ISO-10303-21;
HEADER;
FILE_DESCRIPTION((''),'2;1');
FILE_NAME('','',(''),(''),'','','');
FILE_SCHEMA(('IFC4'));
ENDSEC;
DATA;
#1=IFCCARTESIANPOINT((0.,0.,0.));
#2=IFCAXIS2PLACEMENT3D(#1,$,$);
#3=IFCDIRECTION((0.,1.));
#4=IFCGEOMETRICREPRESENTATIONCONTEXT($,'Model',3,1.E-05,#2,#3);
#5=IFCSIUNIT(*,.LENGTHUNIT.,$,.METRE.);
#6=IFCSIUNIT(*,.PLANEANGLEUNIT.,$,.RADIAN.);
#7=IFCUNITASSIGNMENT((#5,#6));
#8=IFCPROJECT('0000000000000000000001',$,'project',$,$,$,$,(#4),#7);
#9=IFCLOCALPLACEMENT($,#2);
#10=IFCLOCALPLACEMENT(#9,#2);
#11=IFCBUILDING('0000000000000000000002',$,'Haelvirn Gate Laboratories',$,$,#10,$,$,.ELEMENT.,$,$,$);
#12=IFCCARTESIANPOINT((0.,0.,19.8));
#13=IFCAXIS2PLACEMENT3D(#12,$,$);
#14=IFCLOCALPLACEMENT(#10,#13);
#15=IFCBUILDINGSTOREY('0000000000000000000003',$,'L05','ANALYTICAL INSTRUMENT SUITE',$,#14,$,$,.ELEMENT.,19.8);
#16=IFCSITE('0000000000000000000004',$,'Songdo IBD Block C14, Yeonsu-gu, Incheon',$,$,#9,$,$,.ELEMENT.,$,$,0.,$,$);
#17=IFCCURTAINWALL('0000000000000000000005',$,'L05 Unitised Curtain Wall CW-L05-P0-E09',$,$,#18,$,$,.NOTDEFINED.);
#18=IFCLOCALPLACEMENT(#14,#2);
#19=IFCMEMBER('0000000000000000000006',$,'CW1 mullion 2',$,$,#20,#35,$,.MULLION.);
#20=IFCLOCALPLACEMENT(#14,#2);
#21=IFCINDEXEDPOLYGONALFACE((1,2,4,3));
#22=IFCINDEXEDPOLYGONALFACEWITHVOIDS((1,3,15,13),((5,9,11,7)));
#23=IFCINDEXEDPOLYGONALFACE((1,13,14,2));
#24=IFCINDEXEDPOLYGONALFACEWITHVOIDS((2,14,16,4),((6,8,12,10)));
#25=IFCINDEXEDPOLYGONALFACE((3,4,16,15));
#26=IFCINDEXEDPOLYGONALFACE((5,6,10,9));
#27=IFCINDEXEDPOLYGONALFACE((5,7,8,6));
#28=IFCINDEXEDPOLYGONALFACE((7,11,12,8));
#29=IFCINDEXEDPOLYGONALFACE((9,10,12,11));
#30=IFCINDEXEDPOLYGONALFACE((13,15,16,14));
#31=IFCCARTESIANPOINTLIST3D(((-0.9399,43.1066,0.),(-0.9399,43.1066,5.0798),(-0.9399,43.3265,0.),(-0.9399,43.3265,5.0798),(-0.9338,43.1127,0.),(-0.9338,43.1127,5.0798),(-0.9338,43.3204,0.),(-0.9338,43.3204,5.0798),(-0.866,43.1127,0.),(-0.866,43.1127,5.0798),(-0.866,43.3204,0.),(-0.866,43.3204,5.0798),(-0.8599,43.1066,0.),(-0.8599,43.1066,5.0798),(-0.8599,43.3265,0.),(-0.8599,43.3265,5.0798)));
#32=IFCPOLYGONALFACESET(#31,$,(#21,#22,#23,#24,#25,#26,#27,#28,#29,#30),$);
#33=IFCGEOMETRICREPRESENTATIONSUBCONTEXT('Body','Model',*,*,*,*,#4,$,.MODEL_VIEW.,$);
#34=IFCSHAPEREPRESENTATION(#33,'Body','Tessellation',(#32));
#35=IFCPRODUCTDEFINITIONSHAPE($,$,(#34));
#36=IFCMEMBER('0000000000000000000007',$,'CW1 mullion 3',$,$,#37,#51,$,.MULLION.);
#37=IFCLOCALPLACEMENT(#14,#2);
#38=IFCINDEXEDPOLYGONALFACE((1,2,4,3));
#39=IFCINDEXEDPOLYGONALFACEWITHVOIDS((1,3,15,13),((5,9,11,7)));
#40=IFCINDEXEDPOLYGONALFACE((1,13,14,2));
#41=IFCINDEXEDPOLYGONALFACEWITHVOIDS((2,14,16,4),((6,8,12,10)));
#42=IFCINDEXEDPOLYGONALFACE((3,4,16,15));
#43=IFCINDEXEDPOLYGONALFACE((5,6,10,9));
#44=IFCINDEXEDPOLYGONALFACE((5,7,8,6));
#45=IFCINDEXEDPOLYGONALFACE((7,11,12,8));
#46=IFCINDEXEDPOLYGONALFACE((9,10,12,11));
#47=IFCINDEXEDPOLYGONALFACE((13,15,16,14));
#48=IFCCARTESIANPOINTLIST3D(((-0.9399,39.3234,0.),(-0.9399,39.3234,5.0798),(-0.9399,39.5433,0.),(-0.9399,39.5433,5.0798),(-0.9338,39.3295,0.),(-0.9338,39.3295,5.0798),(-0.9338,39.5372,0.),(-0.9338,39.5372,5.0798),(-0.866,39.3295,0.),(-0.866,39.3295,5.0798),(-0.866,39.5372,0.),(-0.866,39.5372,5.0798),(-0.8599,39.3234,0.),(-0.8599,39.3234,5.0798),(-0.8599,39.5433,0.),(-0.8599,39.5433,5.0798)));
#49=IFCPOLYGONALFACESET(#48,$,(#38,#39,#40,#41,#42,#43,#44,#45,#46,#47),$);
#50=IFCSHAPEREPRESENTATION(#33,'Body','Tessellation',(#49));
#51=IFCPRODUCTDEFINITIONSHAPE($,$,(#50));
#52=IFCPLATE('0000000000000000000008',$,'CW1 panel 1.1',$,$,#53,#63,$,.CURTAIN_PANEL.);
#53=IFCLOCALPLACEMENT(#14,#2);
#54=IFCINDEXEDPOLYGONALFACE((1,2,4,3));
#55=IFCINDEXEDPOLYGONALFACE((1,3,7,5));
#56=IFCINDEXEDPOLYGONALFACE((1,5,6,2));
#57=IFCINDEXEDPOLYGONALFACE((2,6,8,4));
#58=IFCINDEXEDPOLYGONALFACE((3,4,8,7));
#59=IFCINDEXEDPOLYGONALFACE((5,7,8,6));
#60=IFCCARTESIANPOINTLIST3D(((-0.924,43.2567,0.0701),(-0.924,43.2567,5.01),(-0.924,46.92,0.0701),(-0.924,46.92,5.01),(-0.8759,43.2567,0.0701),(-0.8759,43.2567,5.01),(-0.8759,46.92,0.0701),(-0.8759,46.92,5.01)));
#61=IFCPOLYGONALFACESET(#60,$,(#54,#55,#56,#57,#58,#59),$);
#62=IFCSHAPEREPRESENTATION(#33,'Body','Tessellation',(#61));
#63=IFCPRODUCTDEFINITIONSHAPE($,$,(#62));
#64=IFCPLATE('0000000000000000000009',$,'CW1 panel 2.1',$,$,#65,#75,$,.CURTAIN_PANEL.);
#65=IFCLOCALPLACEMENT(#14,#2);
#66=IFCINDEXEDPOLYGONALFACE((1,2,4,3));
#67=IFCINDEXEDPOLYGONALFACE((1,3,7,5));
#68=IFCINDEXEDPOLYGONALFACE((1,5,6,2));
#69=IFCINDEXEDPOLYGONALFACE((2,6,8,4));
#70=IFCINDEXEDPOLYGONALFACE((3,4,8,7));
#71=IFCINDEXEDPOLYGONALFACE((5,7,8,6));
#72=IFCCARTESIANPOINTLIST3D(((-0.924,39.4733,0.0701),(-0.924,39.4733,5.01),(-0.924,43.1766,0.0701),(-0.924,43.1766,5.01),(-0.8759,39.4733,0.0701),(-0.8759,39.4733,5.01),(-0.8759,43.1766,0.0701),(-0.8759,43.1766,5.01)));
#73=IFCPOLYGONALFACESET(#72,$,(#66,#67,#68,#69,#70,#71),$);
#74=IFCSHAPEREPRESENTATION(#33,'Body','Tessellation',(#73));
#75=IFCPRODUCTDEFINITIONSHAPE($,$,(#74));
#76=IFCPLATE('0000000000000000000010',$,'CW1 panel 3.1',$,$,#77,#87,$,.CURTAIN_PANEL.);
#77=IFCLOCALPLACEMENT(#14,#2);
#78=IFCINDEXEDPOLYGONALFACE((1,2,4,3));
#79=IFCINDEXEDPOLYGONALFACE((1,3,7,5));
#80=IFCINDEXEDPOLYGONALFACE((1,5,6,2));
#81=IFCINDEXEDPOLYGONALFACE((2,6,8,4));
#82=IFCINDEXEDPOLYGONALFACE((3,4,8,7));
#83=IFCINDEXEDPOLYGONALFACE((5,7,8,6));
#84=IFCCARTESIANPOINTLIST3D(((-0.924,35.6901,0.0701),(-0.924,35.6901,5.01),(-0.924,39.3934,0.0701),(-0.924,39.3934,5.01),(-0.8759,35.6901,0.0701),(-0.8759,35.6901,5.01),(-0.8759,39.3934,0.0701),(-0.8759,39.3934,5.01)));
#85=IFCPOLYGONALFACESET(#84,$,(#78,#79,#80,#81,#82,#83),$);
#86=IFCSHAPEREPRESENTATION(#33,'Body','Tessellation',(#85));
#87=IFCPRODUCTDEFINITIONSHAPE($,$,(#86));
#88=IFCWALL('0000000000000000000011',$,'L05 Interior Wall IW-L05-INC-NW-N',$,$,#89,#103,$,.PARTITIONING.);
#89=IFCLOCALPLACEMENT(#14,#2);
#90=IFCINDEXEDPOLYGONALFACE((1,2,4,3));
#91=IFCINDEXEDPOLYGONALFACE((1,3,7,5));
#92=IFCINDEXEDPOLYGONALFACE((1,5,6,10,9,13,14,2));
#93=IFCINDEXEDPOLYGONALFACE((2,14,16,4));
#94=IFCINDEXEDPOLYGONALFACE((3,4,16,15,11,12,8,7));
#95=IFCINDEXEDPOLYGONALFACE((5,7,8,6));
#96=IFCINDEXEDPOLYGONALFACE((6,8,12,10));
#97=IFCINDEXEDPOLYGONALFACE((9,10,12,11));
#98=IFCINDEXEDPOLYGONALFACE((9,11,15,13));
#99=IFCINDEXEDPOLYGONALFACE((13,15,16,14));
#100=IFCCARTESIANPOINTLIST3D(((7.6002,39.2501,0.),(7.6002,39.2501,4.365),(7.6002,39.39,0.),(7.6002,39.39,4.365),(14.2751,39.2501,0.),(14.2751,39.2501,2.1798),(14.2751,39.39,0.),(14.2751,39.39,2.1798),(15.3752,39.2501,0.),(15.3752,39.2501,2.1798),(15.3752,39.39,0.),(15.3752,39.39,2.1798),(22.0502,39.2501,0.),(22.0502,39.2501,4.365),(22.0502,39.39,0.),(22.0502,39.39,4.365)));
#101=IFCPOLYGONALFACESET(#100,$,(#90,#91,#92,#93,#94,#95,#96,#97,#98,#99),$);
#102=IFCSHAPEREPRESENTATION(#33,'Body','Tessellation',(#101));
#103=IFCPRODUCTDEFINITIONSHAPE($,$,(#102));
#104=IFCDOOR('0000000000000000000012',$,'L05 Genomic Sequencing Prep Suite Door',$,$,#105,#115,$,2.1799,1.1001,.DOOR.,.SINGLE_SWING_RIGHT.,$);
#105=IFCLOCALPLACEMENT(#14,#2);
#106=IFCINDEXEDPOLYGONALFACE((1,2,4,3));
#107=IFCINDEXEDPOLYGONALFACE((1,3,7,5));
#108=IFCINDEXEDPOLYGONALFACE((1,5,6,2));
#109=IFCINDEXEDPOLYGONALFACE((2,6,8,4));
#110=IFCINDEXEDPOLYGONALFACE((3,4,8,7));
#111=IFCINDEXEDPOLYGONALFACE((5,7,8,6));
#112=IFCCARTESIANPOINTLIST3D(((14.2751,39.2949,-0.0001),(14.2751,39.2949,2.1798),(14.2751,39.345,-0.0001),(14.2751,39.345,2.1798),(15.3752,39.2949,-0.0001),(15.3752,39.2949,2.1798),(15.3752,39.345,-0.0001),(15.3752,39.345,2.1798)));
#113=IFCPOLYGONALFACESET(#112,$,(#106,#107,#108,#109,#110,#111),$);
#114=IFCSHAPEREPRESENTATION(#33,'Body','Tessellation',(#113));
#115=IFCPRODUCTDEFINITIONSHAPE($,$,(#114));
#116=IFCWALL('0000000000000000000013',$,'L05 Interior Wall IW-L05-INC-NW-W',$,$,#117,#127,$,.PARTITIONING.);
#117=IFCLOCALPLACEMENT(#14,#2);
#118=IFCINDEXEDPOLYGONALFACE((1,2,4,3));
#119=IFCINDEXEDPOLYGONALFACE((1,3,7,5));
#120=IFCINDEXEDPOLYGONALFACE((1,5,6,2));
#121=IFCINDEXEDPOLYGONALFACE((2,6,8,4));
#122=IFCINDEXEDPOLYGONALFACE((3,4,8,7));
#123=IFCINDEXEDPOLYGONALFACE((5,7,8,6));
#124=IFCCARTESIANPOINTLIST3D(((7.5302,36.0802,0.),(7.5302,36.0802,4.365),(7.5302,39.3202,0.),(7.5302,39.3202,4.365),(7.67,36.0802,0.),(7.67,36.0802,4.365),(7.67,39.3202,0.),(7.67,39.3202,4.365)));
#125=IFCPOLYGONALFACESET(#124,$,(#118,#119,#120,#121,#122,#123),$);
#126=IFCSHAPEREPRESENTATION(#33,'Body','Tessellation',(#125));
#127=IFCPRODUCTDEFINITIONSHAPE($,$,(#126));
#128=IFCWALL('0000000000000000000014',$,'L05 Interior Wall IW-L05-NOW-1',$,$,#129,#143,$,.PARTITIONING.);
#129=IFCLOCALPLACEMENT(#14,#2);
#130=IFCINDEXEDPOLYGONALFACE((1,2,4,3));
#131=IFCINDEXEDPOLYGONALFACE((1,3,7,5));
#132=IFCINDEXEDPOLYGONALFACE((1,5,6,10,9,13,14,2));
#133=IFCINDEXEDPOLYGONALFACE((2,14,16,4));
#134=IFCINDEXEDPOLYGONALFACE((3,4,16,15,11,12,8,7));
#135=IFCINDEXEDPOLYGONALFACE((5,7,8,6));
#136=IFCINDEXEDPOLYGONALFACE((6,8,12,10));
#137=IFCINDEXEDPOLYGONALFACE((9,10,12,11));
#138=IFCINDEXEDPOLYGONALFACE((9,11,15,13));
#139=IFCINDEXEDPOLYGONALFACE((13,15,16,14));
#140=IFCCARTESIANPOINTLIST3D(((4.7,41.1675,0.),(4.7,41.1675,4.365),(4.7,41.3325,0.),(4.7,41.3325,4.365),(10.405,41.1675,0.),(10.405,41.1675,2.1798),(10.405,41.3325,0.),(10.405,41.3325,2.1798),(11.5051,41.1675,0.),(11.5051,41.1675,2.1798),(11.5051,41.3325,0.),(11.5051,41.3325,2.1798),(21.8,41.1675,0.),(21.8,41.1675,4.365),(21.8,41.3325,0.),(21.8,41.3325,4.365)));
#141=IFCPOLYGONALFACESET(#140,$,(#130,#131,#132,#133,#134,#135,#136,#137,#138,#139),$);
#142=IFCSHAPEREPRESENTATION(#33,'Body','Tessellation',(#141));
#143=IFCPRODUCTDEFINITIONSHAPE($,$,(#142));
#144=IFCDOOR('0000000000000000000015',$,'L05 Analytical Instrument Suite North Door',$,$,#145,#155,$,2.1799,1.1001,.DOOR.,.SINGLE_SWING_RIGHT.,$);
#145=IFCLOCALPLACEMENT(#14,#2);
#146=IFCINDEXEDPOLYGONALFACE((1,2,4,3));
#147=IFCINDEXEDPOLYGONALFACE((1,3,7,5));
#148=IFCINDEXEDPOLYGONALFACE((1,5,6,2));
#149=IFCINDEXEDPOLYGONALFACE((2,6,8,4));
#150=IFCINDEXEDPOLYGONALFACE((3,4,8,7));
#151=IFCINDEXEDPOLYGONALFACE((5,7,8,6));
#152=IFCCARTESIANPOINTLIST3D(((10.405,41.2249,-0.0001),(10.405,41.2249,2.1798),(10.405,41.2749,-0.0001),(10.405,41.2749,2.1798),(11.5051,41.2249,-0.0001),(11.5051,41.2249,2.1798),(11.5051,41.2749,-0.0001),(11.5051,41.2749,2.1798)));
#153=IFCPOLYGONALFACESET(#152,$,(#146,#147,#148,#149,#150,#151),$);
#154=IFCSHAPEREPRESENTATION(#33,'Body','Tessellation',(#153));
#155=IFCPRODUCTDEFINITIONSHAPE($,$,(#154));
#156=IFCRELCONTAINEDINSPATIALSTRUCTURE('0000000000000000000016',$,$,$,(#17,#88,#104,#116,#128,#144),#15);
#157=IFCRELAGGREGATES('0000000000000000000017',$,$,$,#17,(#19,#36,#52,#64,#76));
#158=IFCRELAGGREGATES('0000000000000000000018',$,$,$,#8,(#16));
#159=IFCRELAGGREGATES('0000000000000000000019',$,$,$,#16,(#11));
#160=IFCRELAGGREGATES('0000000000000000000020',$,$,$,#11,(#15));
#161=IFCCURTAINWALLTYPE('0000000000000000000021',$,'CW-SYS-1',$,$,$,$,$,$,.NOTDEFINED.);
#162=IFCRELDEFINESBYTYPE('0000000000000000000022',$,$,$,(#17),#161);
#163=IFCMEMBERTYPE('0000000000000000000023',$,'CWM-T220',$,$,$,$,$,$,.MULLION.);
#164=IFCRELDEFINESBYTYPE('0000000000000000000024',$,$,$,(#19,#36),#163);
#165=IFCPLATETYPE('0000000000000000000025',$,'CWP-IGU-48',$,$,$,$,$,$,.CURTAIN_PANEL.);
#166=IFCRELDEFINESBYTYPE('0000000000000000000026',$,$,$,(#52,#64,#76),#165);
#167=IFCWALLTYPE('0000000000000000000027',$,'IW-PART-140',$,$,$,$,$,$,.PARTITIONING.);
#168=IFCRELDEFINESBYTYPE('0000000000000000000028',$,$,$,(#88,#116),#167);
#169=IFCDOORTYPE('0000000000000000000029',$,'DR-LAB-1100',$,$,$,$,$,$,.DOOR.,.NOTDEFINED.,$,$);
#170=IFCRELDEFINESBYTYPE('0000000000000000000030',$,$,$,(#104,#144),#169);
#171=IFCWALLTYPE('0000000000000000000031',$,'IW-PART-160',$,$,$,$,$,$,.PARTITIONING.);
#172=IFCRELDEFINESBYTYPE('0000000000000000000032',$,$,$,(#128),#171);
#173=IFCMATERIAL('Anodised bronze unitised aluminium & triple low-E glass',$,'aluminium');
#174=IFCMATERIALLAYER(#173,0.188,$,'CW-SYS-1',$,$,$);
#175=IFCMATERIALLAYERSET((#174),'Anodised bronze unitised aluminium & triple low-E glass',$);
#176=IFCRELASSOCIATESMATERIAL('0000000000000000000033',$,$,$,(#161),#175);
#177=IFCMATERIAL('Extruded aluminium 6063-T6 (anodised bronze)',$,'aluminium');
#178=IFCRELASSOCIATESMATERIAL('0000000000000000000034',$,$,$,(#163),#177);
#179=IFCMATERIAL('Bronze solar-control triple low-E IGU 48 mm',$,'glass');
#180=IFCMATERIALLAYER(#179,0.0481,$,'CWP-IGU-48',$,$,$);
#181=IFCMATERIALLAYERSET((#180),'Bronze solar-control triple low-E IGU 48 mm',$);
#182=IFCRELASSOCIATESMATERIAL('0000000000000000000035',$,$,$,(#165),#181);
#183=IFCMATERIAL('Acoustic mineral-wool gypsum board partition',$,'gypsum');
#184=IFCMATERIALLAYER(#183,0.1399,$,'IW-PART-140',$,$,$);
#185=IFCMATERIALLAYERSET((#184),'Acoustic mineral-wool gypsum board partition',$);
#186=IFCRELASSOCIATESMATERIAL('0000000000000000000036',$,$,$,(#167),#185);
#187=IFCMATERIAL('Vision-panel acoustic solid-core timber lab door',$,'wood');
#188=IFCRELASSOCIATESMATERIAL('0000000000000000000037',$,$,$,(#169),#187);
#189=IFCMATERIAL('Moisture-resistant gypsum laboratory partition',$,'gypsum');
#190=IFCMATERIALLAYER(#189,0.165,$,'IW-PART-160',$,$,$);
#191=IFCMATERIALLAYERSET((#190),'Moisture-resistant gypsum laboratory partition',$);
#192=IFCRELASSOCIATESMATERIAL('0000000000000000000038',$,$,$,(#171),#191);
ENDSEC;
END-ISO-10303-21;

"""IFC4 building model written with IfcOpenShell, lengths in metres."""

from ifc_helpers import new_model, si_unit, direction, frame, frame_2d, origin, origin_2d, place, context, subcontext, project, spatial, rectangle, hollow_rectangle, extrude, source, transform, mapped, material, layer, layer_set, material_profile, profile_set, type_object, type_shapes, element, fill, aggregate, save


model = new_model("IFC4")

# Units and contexts
model_context = context("Model", 3, precision=1e-05, world=origin(), true_north=direction((0.0, 1.0)))
body_context = subcontext(model_context, "Body", "Model", "MODEL_VIEW")
ifc_project = project(units=[si_unit("LENGTHUNIT", "METRE"), si_unit("PLANEANGLEUNIT", "RADIAN")], contexts=[model_context])

# Site, building, storey
site_placement = place(None, origin())
site = spatial("IfcSite", under=ifc_project, at=site_placement, Name="Songdo IBD Block C14, Yeonsu-gu, Incheon", CompositionType="ELEMENT", RefElevation=0.0)
building_placement = place(site_placement, origin())
building = spatial("IfcBuilding", under=site, at=building_placement, Name="Haelvirn Gate Laboratories", CompositionType="ELEMENT")
storey_placement = place(building_placement, frame((0.0, 0.0, 19.8)))
storey = spatial("IfcBuildingStorey", under=building, at=storey_placement, Name="L05", Description="ANALYTICAL INSTRUMENT SUITE", CompositionType="ELEMENT", Elevation=19.8)

# Shared definitions
ifc_material_1 = material(Name="Anodised bronze unitised aluminium & triple low-E glass", Category="aluminium")
ifc_material_2 = material(Name="Extruded aluminium 6063-T6 (anodised bronze)", Category="aluminium")

# Curtain wall
ifc_layer_1 = layer(ifc_material_1, 0.188, Name="CW-SYS-1")
ifc_layer_set_1 = layer_set([ifc_layer_1], Name="Anodised bronze unitised aluminium & triple low-E glass")
curtain_wall_type_1 = type_object("IfcCurtainWallType", Name="CW-SYS-1", PredefinedType="NOTDEFINED", material=ifc_layer_set_1)
curtain_wall_1_placement = place(storey_placement, origin())
curtain_wall_1 = element("IfcCurtainWall", 1, at=curtain_wall_1_placement, inside=storey, type_object=curtain_wall_type_1, Name="L05 Unitised Curtain Wall CW-L05-P0-E09", PredefinedType="NOTDEFINED")

# Members
ifc_material_profile_1 = material_profile(ifc_material_2, hollow_rectangle(XDim=0.0801, YDim=0.22, WallThickness=0.0061, at=origin_2d()), Name="CWM-220x80x6")
ifc_profile_set_1 = profile_set([ifc_material_profile_1], Name="Extruded aluminium 6063-T6 (anodised bronze)")
member_type_1 = type_object("IfcMemberType", Name="CWM-T220", PredefinedType="MULLION", material=ifc_profile_set_1)
shared_shape_1 = source(origin(), body_context, "Body", "SweptSolid", [
    extrude(hollow_rectangle(XDim=0.0801, YDim=0.22, WallThickness=0.0061, at=origin_2d()), origin(), (0.0, 0.0, 1.0), 5.0798),
])
type_shapes(member_type_1, [shared_shape_1])
member_1_placement = place(storey_placement, frame((-0.8999, 43.2166, 0.0), z_axis=(0.0, 0.0, 1.0), x_axis=(1.0, 0.0, 0.0)))
member_1 = element("IfcMember", 2, at=member_1_placement, type_object=member_type_1, Name="CW1 mullion 2", PredefinedType="MULLION", context=body_context, shape_type="MappedRepresentation", body=[
    mapped(shared_shape_1, transform((0.0, 0.0, 0.0), scale=1.0)),
])
member_2_placement = place(storey_placement, frame((-0.8999, 39.4333, 0.0), z_axis=(0.0, 0.0, 1.0), x_axis=(1.0, 0.0, 0.0)))
member_2 = element("IfcMember", 3, at=member_2_placement, type_object=member_type_1, Name="CW1 mullion 3", PredefinedType="MULLION", context=body_context, shape_type="MappedRepresentation", body=[
    mapped(shared_shape_1, transform((0.0, 0.0, 0.0), scale=1.0)),
])

# Plates
ifc_material_3 = material(Name="Bronze solar-control triple low-E IGU 48 mm", Category="glass")
ifc_layer_2 = layer(ifc_material_3, 0.0481, Name="CWP-IGU-48")
ifc_layer_set_2 = layer_set([ifc_layer_2], Name="Bronze solar-control triple low-E IGU 48 mm")
plate_type = type_object("IfcPlateType", Name="CWP-IGU-48", PredefinedType="CURTAIN_PANEL", material=ifc_layer_set_2)
shared_shape_2 = source(origin(), body_context, "Body", "SweptSolid", [
    extrude(rectangle(XDim=3.6633, YDim=0.0481, at=origin_2d()), origin(), (0.0, 0.0, 1.0), 4.9399),
])
plate_1_placement = place(storey_placement, frame((-0.8999, 45.0884, 0.0701), z_axis=(0.0, 0.0, 1.0), x_axis=(0.0, -1.0, 0.0)))
plate_1 = element("IfcPlate", 4, at=plate_1_placement, type_object=plate_type, Name="CW1 panel 1.1", PredefinedType="CURTAIN_PANEL", context=body_context, shape_type="MappedRepresentation", body=[
    mapped(shared_shape_2, transform((0.0, 0.0, 0.0), scale=1.0)),
])
shared_shape_3 = source(origin(), body_context, "Body", "SweptSolid", [
    extrude(rectangle(XDim=3.7034, YDim=0.0481, at=origin_2d()), origin(), (0.0, 0.0, 1.0), 4.9399),
])
type_shapes(plate_type, [shared_shape_2, shared_shape_3])
plate_2_placement = place(storey_placement, frame((-0.8999, 41.325, 0.0701), z_axis=(0.0, 0.0, 1.0), x_axis=(0.0, -1.0, 0.0)))
plate_2 = element("IfcPlate", 5, at=plate_2_placement, type_object=plate_type, Name="CW1 panel 2.1", PredefinedType="CURTAIN_PANEL", context=body_context, shape_type="MappedRepresentation", body=[
    mapped(shared_shape_3, transform((0.0, 0.0, 0.0), scale=1.0)),
])
plate_3_placement = place(storey_placement, frame((-0.8999, 37.5417, 0.0701), z_axis=(0.0, 0.0, 1.0), x_axis=(0.0, -1.0, 0.0)))
plate_3 = element("IfcPlate", 6, at=plate_3_placement, type_object=plate_type, Name="CW1 panel 3.1", PredefinedType="CURTAIN_PANEL", context=body_context, shape_type="MappedRepresentation", body=[
    mapped(shared_shape_3, transform((0.0, 0.0, 0.0), scale=1.0)),
])
aggregate(curtain_wall_1, [member_1, member_2, plate_1, plate_2, plate_3])

# Wall, opening, door
ifc_material_4 = material(Name="Acoustic mineral-wool gypsum board partition", Category="gypsum")
ifc_layer_3 = layer(ifc_material_4, 0.1399, Name="IW-PART-140")
ifc_layer_set_3 = layer_set([ifc_layer_3], Name="Acoustic mineral-wool gypsum board partition")
wall_type_1 = type_object("IfcWallType", Name="IW-PART-140", PredefinedType="PARTITIONING", material=ifc_layer_set_3)
wall_1_placement = place(storey_placement, frame((7.6001, 39.3201, 0.0), z_axis=(0.0, 0.0, 1.0), x_axis=(1.0, 0.0, 0.0)))
wall_1 = element("IfcWall", 7, at=wall_1_placement, inside=storey, type_object=wall_type_1, Name="L05 Interior Wall IW-L05-INC-NW-N", PredefinedType="PARTITIONING", context=body_context, shape_type="SweptSolid", body=[
    extrude(rectangle(XDim=14.45, YDim=0.1399, at=frame_2d((7.2251, 0.0))), origin(), (0.0, 0.0, 1.0), 4.365),
])
opening_1_placement = place(wall_1_placement, frame((6.675, 0.0, 0.0)))
opening_1 = element("IfcOpeningElement", 8, at=opening_1_placement, cuts=wall_1, PredefinedType="OPENING", context=body_context, shape_type="SweptSolid", body=[
    extrude(rectangle(XDim=1.1001, YDim=2.1799, at=frame_2d((0.55, 1.0898))), frame((0.0, 0.0801, 0.0), z_axis=(0.0, -1.0, 0.0), x_axis=(1.0, 0.0, 0.0)), (0.0, 0.0, 1.0), 0.1599),
])
ifc_material_5 = material(Name="Vision-panel acoustic solid-core timber lab door", Category="wood")
door_type_1 = type_object("IfcDoorType", Name="DR-LAB-1100", OperationType="NOTDEFINED", PredefinedType="DOOR", material=ifc_material_5)
shared_shape_4 = source(origin(), body_context, "Body", "SweptSolid", [
    extrude(rectangle(XDim=1.1001, YDim=2.1799, at=frame_2d((0.55, 1.0898))), frame((0.0, 0.0249, 0.0), z_axis=(0.0, -1.0, 0.0), x_axis=(1.0, 0.0, 0.0)), (0.0, 0.0, 1.0), 0.05),
])
type_shapes(door_type_1, [shared_shape_4])
door_1_placement = place(opening_1_placement, origin())
door_1 = element("IfcDoor", 9, at=door_1_placement, inside=storey, type_object=door_type_1, Name="L05 Genomic Sequencing Prep Suite Door", OperationType="SINGLE_SWING_RIGHT", OverallHeight=2.1799, OverallWidth=1.1001, PredefinedType="DOOR", context=body_context, shape_type="MappedRepresentation", body=[
    mapped(shared_shape_4, transform((0.0, 0.0, 0.0), scale=1.0)),
])
fill(opening_1, door_1)

# Wall
wall_2_placement = place(storey_placement, frame((7.6001, 36.0801, 0.0), z_axis=(0.0, 0.0, 1.0), x_axis=(0.0, 1.0, 0.0)))
element("IfcWall", 10, at=wall_2_placement, inside=storey, type_object=wall_type_1, Name="L05 Interior Wall IW-L05-INC-NW-W", PredefinedType="PARTITIONING", context=body_context, shape_type="SweptSolid", body=[
    extrude(rectangle(XDim=3.24, YDim=0.1399, at=frame_2d((1.6201, 0.0))), origin(), (0.0, 0.0, 1.0), 4.365),
])

# Wall, opening, door
ifc_material_6 = material(Name="Moisture-resistant gypsum laboratory partition", Category="gypsum")
ifc_layer_4 = layer(ifc_material_6, 0.165, Name="IW-PART-160")
ifc_layer_set_4 = layer_set([ifc_layer_4], Name="Moisture-resistant gypsum laboratory partition")
wall_type_2 = type_object("IfcWallType", Name="IW-PART-160", PredefinedType="PARTITIONING", material=ifc_layer_set_4)
wall_3_placement = place(storey_placement, frame((4.7, 41.25, 0.0), z_axis=(0.0, 0.0, 1.0), x_axis=(1.0, 0.0, 0.0)))
wall_3 = element("IfcWall", 11, at=wall_3_placement, inside=storey, type_object=wall_type_2, Name="L05 Interior Wall IW-L05-NOW-1", PredefinedType="PARTITIONING", context=body_context, shape_type="SweptSolid", body=[
    extrude(rectangle(XDim=17.1001, YDim=0.165, at=frame_2d((8.55, 0.0))), origin(), (0.0, 0.0, 1.0), 4.365),
])
opening_2_placement = place(wall_3_placement, frame((5.7051, 0.0, 0.0)))
opening_2 = element("IfcOpeningElement", 12, at=opening_2_placement, cuts=wall_3, PredefinedType="OPENING", context=body_context, shape_type="SweptSolid", body=[
    extrude(rectangle(XDim=1.1001, YDim=2.1799, at=frame_2d((0.55, 1.0898))), frame((0.0, 0.0925, 0.0), z_axis=(0.0, -1.0, 0.0), x_axis=(1.0, 0.0, 0.0)), (0.0, 0.0, 1.0), 0.1851),
])
door_2_placement = place(opening_2_placement, origin())
door_2 = element("IfcDoor", 13, at=door_2_placement, inside=storey, type_object=door_type_1, Name="L05 Analytical Instrument Suite North Door", OperationType="SINGLE_SWING_RIGHT", OverallHeight=2.1799, OverallWidth=1.1001, PredefinedType="DOOR", context=body_context, shape_type="MappedRepresentation", body=[
    mapped(shared_shape_4, transform((0.0, 0.0, 0.0), scale=1.0)),
])
fill(opening_2, door_2)

save(model, "model.ifc")
